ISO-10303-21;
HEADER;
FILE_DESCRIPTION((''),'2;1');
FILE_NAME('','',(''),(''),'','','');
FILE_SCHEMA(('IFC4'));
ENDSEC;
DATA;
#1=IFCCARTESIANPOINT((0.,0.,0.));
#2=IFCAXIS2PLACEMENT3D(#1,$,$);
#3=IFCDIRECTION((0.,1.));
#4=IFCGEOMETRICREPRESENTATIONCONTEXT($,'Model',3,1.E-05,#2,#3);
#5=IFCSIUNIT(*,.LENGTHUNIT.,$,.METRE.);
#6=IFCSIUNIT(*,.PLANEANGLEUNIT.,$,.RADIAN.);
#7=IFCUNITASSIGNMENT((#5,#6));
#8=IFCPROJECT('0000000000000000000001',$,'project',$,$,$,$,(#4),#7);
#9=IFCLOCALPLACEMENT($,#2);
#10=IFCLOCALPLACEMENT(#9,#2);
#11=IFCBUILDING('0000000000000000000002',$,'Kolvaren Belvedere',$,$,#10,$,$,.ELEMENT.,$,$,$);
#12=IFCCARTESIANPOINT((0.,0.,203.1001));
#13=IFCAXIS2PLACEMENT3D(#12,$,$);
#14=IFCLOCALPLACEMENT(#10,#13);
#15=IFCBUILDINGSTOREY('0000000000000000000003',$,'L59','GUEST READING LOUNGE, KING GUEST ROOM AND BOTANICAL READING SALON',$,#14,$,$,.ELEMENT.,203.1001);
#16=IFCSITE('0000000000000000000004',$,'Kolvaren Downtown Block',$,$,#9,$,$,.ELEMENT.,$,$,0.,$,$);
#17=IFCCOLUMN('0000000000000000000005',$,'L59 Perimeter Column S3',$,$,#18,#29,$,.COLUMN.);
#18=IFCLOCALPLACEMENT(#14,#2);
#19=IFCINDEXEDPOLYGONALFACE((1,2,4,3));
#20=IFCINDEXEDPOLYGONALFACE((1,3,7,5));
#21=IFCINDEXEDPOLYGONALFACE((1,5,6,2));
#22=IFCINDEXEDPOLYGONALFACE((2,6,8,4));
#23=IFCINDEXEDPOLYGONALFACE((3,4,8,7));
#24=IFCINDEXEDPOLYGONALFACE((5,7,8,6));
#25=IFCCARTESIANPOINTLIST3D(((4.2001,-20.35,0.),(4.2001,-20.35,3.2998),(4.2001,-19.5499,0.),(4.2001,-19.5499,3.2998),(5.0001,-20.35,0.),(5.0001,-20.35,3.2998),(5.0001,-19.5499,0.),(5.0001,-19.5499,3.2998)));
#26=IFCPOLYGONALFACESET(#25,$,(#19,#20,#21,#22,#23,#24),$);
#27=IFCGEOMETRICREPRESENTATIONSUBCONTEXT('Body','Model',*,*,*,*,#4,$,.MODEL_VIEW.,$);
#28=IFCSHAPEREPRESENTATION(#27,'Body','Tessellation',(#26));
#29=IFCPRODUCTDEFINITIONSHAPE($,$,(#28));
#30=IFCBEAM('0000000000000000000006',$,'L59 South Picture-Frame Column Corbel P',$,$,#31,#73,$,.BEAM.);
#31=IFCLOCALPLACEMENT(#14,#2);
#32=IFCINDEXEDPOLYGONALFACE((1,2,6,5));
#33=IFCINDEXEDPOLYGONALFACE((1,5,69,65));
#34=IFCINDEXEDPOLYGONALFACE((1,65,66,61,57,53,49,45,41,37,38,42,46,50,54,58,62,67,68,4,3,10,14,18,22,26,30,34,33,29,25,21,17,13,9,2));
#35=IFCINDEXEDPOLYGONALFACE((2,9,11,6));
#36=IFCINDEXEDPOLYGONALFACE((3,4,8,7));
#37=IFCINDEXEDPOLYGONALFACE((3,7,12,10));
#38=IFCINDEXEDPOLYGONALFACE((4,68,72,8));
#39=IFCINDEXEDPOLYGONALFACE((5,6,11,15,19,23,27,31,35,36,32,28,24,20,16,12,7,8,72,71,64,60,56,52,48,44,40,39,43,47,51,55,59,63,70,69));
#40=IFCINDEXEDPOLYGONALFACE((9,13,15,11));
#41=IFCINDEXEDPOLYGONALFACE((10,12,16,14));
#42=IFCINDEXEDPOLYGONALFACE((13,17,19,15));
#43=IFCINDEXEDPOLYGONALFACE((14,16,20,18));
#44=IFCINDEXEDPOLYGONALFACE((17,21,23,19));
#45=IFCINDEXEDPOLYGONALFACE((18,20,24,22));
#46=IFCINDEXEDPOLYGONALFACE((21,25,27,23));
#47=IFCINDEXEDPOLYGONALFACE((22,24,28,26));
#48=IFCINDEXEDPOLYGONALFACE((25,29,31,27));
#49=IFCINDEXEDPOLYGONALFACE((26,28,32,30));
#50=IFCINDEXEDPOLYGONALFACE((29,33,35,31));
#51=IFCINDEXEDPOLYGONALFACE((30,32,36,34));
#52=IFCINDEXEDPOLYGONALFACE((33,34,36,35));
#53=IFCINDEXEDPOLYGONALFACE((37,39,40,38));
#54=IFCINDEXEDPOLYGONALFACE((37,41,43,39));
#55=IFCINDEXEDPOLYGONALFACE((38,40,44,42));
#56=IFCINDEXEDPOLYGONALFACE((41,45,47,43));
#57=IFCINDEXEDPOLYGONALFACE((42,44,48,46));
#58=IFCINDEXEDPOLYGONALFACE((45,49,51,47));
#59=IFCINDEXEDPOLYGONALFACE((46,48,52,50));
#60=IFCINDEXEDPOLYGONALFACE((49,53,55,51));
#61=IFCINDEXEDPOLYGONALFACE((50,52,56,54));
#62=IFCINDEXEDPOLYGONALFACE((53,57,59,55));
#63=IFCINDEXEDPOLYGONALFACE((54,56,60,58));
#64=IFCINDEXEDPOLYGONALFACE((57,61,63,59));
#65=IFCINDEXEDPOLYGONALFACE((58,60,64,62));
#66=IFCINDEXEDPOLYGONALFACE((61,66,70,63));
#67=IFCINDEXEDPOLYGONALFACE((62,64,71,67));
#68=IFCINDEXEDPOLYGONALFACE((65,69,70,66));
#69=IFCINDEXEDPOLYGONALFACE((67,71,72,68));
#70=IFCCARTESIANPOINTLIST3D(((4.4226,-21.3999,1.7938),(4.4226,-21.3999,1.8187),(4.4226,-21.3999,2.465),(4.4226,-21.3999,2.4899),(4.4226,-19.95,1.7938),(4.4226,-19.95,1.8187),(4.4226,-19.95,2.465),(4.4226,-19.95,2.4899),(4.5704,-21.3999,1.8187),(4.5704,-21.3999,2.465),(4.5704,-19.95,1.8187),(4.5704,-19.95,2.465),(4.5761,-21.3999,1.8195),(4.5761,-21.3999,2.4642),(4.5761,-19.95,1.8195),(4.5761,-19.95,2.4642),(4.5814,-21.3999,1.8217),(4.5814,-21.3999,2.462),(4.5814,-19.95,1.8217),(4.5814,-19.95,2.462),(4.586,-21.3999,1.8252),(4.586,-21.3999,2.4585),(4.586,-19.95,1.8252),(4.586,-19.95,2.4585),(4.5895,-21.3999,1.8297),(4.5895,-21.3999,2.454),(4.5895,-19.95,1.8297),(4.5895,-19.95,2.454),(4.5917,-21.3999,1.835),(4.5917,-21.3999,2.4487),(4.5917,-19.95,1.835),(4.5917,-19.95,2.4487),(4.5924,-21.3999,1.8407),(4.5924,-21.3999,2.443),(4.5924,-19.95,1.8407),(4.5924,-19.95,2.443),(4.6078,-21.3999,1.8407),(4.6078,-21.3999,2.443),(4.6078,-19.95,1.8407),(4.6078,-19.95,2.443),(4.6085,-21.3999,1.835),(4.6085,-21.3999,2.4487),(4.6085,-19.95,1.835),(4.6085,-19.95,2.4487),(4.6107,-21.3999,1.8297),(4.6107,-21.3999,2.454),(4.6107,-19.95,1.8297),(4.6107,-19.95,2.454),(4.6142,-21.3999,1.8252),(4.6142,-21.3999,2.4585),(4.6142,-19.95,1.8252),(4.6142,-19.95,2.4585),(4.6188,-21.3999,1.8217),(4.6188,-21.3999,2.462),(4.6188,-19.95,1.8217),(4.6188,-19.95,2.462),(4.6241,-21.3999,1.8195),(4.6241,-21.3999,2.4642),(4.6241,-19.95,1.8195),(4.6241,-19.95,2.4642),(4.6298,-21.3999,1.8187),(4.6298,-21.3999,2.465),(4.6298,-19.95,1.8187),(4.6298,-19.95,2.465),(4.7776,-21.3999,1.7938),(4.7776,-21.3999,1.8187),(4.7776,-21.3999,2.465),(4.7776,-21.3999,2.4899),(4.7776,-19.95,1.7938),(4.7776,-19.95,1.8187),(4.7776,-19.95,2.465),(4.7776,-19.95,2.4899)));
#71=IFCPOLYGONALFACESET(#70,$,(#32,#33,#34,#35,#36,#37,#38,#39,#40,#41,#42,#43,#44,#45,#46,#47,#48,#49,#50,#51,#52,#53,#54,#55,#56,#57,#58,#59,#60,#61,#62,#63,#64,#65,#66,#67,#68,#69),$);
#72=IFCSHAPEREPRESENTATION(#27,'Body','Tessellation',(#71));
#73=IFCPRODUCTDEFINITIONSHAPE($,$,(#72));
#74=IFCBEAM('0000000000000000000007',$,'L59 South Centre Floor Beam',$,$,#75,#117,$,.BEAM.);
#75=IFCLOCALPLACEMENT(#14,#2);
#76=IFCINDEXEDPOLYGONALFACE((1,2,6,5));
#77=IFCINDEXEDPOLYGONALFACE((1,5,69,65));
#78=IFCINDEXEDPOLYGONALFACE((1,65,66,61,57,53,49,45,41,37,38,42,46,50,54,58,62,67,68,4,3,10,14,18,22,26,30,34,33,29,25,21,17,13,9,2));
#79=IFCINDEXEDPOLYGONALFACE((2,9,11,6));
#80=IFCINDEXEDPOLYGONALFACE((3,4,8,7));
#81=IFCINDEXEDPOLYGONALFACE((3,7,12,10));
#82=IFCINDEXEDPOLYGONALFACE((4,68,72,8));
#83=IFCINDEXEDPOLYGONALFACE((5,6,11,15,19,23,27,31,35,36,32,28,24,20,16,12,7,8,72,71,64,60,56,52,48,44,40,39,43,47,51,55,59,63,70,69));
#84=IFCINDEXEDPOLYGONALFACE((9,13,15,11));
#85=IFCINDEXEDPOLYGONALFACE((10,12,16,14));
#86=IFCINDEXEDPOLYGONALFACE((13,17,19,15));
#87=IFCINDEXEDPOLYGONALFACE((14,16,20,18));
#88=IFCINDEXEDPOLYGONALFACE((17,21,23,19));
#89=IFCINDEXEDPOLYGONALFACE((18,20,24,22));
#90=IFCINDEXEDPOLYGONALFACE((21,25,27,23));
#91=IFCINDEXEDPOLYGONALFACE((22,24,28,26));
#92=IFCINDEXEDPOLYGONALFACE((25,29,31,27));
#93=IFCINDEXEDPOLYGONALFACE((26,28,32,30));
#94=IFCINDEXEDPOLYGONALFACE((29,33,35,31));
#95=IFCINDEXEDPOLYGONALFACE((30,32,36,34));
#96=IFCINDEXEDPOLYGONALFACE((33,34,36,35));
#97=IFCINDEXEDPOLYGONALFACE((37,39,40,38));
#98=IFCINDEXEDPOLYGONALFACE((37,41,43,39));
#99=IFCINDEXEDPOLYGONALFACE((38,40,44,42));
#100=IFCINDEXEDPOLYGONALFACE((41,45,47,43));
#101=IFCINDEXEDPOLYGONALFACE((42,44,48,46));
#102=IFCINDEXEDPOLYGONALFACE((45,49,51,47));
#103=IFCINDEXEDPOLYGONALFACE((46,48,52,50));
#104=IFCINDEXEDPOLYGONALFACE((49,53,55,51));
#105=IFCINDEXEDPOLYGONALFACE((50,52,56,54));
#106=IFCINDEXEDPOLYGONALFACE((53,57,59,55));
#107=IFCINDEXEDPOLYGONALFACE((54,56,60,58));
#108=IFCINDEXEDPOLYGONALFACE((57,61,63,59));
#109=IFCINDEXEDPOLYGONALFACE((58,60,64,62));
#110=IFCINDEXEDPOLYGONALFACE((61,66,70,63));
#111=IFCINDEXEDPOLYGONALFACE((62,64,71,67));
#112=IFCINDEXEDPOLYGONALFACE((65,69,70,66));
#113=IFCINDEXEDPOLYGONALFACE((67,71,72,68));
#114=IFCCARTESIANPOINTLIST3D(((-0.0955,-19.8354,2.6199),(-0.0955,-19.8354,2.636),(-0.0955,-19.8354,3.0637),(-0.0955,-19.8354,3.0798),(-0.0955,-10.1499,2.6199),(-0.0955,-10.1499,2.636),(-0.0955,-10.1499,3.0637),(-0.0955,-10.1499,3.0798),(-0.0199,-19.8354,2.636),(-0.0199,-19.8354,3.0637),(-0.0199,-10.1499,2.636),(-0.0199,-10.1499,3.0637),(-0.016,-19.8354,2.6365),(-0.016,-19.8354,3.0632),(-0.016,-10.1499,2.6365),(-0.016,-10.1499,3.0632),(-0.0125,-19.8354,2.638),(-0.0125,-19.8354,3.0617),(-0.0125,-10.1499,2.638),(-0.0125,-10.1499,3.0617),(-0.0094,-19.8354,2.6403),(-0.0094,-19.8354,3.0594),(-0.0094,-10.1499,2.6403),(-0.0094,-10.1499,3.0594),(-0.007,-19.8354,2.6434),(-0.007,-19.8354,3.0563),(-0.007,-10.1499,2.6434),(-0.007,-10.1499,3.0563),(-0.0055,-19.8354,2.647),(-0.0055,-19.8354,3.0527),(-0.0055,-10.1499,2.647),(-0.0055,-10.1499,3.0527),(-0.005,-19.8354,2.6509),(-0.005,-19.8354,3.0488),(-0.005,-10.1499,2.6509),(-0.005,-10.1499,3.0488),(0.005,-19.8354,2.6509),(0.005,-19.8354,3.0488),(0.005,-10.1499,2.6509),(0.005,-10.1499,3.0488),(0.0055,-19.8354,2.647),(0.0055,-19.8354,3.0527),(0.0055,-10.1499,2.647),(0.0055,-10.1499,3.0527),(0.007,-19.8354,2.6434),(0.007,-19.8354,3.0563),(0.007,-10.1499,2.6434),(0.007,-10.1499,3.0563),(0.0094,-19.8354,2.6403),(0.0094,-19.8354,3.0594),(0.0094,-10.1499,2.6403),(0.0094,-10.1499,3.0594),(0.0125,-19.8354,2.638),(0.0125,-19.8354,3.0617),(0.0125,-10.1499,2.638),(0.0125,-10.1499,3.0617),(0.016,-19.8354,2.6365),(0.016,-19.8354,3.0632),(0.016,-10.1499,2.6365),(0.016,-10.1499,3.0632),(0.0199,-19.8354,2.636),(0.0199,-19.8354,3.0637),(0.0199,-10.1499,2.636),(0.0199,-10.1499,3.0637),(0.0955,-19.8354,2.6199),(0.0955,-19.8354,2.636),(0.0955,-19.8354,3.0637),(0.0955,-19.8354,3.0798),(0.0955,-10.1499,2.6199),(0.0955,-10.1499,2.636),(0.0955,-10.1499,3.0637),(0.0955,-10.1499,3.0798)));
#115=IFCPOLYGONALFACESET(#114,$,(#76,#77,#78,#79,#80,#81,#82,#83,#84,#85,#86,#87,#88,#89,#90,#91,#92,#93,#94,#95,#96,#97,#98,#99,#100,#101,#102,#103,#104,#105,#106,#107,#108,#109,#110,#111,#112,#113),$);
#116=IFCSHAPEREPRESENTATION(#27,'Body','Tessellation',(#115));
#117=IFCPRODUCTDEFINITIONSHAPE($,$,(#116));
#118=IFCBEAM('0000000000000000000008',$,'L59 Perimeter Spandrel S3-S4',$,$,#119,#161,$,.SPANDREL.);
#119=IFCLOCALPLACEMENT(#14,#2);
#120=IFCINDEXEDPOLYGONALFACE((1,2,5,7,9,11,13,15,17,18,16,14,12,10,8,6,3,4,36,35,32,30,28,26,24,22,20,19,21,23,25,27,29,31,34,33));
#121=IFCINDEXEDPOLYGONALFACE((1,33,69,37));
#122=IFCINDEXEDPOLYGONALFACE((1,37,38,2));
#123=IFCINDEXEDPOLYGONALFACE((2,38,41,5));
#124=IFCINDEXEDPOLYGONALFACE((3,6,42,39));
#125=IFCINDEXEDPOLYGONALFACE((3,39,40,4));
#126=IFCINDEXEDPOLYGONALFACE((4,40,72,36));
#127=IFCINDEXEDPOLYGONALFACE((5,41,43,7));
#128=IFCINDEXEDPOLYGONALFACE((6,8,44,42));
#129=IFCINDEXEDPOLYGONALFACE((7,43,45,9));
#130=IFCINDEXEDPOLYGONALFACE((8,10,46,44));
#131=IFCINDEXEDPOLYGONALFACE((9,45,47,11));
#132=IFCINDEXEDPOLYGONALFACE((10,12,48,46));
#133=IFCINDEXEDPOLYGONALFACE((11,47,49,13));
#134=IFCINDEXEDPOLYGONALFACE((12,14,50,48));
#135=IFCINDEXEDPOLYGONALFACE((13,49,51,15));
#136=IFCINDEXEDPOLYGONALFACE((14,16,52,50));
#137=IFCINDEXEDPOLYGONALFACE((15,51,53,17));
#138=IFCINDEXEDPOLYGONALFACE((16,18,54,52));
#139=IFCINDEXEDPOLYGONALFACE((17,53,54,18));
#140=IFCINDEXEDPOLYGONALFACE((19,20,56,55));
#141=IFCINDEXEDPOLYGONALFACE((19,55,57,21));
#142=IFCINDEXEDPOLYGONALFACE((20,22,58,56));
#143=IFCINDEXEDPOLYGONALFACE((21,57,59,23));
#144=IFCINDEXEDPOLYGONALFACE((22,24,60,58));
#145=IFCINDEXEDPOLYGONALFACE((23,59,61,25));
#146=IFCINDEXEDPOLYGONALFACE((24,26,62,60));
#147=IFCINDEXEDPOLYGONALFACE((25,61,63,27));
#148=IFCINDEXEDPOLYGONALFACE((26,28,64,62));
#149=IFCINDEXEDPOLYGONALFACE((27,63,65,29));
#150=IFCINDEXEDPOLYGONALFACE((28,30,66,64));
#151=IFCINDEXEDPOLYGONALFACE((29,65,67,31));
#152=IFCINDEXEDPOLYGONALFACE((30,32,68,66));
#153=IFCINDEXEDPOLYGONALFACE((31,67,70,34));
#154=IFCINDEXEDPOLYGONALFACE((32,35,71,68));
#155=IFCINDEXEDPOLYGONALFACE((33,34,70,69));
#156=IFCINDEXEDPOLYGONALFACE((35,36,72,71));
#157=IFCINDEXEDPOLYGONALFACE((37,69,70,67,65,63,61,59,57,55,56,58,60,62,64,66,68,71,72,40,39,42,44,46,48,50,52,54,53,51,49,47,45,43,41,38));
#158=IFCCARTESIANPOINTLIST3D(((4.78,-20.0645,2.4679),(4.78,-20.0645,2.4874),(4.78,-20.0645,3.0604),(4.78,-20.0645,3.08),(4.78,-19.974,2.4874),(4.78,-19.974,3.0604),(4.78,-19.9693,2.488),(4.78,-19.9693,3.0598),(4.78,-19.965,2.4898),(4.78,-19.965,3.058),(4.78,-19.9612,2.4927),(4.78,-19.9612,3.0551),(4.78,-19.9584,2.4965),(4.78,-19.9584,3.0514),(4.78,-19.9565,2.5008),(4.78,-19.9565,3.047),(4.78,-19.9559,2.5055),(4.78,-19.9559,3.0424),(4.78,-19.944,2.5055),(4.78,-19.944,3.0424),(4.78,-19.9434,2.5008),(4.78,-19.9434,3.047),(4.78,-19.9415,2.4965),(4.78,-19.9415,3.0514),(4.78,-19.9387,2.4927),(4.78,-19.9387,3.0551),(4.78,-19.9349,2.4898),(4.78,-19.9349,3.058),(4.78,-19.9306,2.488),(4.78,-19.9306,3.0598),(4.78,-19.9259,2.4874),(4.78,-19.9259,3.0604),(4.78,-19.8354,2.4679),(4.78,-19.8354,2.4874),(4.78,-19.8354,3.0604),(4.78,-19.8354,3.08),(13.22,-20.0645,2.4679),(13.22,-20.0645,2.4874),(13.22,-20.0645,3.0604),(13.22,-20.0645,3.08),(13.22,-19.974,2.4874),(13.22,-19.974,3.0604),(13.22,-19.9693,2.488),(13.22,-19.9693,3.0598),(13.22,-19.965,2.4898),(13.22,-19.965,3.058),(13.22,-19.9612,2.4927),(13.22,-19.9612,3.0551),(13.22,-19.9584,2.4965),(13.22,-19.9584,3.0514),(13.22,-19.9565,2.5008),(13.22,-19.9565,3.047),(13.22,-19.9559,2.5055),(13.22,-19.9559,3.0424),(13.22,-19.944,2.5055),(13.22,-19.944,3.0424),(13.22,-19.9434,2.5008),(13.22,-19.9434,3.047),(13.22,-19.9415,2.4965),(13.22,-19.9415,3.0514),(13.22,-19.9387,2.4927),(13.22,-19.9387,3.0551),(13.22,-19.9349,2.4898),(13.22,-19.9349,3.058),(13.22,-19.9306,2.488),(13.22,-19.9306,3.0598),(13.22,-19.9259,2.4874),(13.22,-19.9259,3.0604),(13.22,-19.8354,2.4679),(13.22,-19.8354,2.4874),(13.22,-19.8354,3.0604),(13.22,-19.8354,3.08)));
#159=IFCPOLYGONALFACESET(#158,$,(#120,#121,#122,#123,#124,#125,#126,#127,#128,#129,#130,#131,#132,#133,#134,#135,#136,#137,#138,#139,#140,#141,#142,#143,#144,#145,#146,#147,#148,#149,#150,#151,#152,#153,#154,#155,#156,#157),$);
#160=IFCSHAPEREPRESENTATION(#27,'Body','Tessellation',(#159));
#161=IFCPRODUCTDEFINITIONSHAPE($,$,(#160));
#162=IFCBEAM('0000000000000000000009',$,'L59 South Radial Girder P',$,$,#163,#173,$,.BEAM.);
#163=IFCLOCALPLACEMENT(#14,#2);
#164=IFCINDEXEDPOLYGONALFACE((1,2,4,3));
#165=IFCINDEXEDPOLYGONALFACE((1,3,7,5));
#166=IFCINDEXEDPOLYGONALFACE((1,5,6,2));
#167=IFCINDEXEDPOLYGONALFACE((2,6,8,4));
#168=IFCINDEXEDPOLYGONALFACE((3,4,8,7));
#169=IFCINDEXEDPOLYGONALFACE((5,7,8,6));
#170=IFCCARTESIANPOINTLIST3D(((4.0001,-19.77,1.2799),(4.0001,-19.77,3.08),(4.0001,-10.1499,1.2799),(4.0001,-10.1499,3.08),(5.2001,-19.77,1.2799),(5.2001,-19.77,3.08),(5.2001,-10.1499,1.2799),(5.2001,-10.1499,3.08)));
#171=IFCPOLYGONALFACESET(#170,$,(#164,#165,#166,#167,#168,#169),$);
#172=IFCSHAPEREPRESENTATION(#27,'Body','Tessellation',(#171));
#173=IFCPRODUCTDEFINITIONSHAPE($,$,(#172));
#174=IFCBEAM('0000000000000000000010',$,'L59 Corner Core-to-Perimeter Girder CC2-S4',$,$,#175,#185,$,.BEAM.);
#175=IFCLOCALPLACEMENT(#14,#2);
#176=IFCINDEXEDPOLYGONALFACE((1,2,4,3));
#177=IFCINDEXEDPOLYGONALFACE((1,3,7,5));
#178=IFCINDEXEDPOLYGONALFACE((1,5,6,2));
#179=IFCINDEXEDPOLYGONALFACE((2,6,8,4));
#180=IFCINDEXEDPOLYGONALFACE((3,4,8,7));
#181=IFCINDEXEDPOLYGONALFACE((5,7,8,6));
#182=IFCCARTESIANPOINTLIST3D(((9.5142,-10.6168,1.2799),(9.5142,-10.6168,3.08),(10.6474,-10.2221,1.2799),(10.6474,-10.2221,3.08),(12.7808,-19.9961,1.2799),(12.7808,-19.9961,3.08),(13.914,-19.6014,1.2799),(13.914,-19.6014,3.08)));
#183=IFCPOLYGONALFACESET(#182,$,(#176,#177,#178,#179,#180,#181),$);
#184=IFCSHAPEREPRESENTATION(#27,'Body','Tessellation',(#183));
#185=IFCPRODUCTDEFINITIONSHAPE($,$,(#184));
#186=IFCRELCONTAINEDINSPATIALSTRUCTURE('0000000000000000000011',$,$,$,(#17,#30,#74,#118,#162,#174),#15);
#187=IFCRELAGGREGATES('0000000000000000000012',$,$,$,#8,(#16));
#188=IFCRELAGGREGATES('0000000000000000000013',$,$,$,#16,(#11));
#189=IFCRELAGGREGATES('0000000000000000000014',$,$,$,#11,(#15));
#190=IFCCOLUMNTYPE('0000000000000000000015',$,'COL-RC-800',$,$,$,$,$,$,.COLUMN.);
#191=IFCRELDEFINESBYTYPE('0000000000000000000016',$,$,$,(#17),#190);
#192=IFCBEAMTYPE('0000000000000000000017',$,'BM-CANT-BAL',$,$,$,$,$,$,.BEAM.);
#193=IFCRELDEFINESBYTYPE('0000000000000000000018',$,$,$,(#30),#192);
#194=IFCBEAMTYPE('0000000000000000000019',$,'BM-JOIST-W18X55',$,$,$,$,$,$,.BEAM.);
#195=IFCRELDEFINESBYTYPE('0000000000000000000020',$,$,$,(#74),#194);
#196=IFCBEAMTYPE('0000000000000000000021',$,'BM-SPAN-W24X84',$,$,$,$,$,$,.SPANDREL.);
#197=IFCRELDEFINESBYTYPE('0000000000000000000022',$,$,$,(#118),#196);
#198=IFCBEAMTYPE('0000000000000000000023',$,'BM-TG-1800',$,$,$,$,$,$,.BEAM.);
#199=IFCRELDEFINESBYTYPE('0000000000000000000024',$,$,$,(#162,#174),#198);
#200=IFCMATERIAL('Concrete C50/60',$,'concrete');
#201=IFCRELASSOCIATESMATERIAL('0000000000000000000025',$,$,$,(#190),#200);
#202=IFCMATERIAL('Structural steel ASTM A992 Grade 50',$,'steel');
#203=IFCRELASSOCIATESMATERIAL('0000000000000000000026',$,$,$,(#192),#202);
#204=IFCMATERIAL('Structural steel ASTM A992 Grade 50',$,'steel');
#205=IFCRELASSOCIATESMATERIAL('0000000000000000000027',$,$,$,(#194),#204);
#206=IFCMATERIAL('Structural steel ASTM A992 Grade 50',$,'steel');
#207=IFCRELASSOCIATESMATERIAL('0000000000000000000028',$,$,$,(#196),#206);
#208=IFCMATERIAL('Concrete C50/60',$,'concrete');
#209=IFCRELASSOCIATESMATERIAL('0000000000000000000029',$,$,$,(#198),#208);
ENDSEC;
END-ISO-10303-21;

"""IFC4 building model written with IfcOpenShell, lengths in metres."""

from ifc_helpers import new_model, si_unit, direction, frame, origin, origin_2d, place, context, subcontext, project, spatial, rectangle, i_section, extrude, material, material_profile, profile_set, type_object, element, save


model = new_model("IFC4")

# Units and contexts
model_context = context("Model", 3, precision=1e-05, world=origin(), true_north=direction((0.0, 1.0)))
body_context = subcontext(model_context, "Body", "Model", "MODEL_VIEW")
ifc_project = project(units=[si_unit("LENGTHUNIT", "METRE"), si_unit("PLANEANGLEUNIT", "RADIAN")], contexts=[model_context])

# Site, building, storey
site_placement = place(None, origin())
site = spatial("IfcSite", under=ifc_project, at=site_placement, Name="Kolvaren Downtown Block", CompositionType="ELEMENT", RefElevation=0.0)
building_placement = place(site_placement, origin())
building = spatial("IfcBuilding", under=site, at=building_placement, Name="Kolvaren Belvedere", CompositionType="ELEMENT")
storey_placement = place(building_placement, frame((0.0, 0.0, 203.1001)))
storey = spatial("IfcBuildingStorey", under=building, at=storey_placement, Name="L59", Description="GUEST READING LOUNGE, KING GUEST ROOM AND BOTANICAL READING SALON", CompositionType="ELEMENT", Elevation=203.1001)

# Column
ifc_material_1 = material(Name="Concrete C50/60", Category="concrete")
ifc_material_profile_1 = material_profile(ifc_material_1, rectangle(XDim=0.8, YDim=0.8, at=origin_2d()), Name="RC 800X800")
ifc_profile_set_1 = profile_set([ifc_material_profile_1], Name="Concrete C50/60")
column_type = type_object("IfcColumnType", Name="COL-RC-800", PredefinedType="COLUMN", material=ifc_profile_set_1)
column_placement = place(storey_placement, frame((4.6001, -19.95, 0.0), z_axis=(0.0, 0.0, 1.0), x_axis=(1.0, 0.0, 0.0)))
element("IfcColumn", 1, at=column_placement, inside=storey, type_object=column_type, Name="L59 Perimeter Column S3", PredefinedType="COLUMN", context=body_context, shape_type="SweptSolid", body=[
    extrude(rectangle(XDim=0.8, YDim=0.8, at=origin_2d()), origin(), (0.0, 0.0, 1.0), 3.2998),
])

# Beams
ifc_material_2 = material(Name="Structural steel ASTM A992 Grade 50", Category="steel")
ifc_material_profile_2 = material_profile(ifc_material_2, i_section(OverallWidth=0.355, OverallDepth=0.696, WebThickness=0.0154, FlangeThickness=0.0249, FilletRadius=0.022, at=origin_2d()), Name="W27X146")
ifc_profile_set_2 = profile_set([ifc_material_profile_2], Name="Structural steel ASTM A992 Grade 50")
beam_type_1 = type_object("IfcBeamType", Name="BM-CANT-BAL", PredefinedType="BEAM", material=ifc_profile_set_2)
beam_1_placement = place(storey_placement, frame((4.6001, -19.95, 2.1418), z_axis=(0.0, -1.0, 0.0), x_axis=(1.0, 0.0, 0.0)))
element("IfcBeam", 2, at=beam_1_placement, inside=storey, type_object=beam_type_1, Name="L59 South Picture-Frame Column Corbel P", PredefinedType="BEAM", context=body_context, shape_type="SweptSolid", body=[
    extrude(i_section(OverallWidth=0.355, OverallDepth=0.696, WebThickness=0.0154, FlangeThickness=0.0249, FilletRadius=0.022, at=origin_2d()), origin(), (0.0, 0.0, 1.0), 1.45),
])
ifc_material_3 = material(Name="Structural steel ASTM A992 Grade 50", Category="steel")
ifc_material_profile_3 = material_profile(ifc_material_3, i_section(OverallWidth=0.1909, OverallDepth=0.46, WebThickness=0.01, FlangeThickness=0.0161, FilletRadius=0.0149, at=origin_2d()), Name="W18X55")
ifc_profile_set_3 = profile_set([ifc_material_profile_3], Name="Structural steel ASTM A992 Grade 50")
beam_type_2 = type_object("IfcBeamType", Name="BM-JOIST-W18X55", PredefinedType="BEAM", material=ifc_profile_set_3)
beam_2_placement = place(storey_placement, frame((0.0, -10.1499, 2.8499), z_axis=(0.0, -1.0, 0.0), x_axis=(1.0, 0.0, 0.0)))
element("IfcBeam", 3, at=beam_2_placement, inside=storey, type_object=beam_type_2, Name="L59 South Centre Floor Beam", PredefinedType="BEAM", context=body_context, shape_type="SweptSolid", body=[
    extrude(i_section(OverallWidth=0.1909, OverallDepth=0.46, WebThickness=0.01, FlangeThickness=0.0161, FilletRadius=0.0149, at=origin_2d()), origin(), (0.0, 0.0, 1.0), 9.6855),
])
ifc_material_4 = material(Name="Structural steel ASTM A992 Grade 50", Category="steel")
ifc_material_profile_4 = material_profile(ifc_material_4, i_section(OverallWidth=0.229, OverallDepth=0.6121, WebThickness=0.012, FlangeThickness=0.0195, FilletRadius=0.0181, at=origin_2d()), Name="W24X84")
ifc_profile_set_4 = profile_set([ifc_material_profile_4], Name="Structural steel ASTM A992 Grade 50")
beam_type_3 = type_object("IfcBeamType", Name="BM-SPAN-W24X84", PredefinedType="SPANDREL", material=ifc_profile_set_4)
beam_3_placement = place(storey_placement, frame((4.78, -19.95, 2.7739), z_axis=(1.0, 0.0, 0.0), x_axis=(0.0, 1.0, 0.0)))
element("IfcBeam", 4, at=beam_3_placement, inside=storey, type_object=beam_type_3, Name="L59 Perimeter Spandrel S3-S4", PredefinedType="SPANDREL", context=body_context, shape_type="SweptSolid", body=[
    extrude(i_section(OverallWidth=0.229, OverallDepth=0.6121, WebThickness=0.012, FlangeThickness=0.0195, FilletRadius=0.0181, at=origin_2d()), origin(), (0.0, 0.0, 1.0), 8.4399),
])
ifc_material_5 = material(Name="Concrete C50/60", Category="concrete")
ifc_material_profile_5 = material_profile(ifc_material_5, rectangle(XDim=1.2, YDim=1.8, at=origin_2d()), Name="RC 1200X1800")
ifc_profile_set_5 = profile_set([ifc_material_profile_5], Name="Concrete C50/60")
beam_type_4 = type_object("IfcBeamType", Name="BM-TG-1800", PredefinedType="BEAM", material=ifc_profile_set_5)
beam_4_placement = place(storey_placement, frame((4.6001, -10.1499, 2.1799), z_axis=(0.0, -1.0, 0.0), x_axis=(1.0, 0.0, 0.0)))
element("IfcBeam", 5, at=beam_4_placement, inside=storey, type_object=beam_type_4, Name="L59 South Radial Girder P", PredefinedType="BEAM", context=body_context, shape_type="SweptSolid", body=[
    extrude(rectangle(XDim=1.2, YDim=1.8, at=origin_2d()), origin(), (0.0, 0.0, 1.0), 9.6201),
])
beam_5_placement = place(storey_placement, frame((10.0808, -10.4194, 2.1799), z_axis=(0.328898, -0.944365, 0.0), x_axis=(0.944365, 0.328898, 0.0)))
element("IfcBeam", 6, at=beam_5_placement, inside=storey, type_object=beam_type_4, Name="L59 Corner Core-to-Perimeter Girder CC2-S4", PredefinedType="BEAM", context=body_context, shape_type="SweptSolid", body=[
    extrude(rectangle(XDim=1.2, YDim=1.8, at=origin_2d()), origin(), (0.0, 0.0, 1.0), 9.9319),
])

save(model, "model.ifc")
